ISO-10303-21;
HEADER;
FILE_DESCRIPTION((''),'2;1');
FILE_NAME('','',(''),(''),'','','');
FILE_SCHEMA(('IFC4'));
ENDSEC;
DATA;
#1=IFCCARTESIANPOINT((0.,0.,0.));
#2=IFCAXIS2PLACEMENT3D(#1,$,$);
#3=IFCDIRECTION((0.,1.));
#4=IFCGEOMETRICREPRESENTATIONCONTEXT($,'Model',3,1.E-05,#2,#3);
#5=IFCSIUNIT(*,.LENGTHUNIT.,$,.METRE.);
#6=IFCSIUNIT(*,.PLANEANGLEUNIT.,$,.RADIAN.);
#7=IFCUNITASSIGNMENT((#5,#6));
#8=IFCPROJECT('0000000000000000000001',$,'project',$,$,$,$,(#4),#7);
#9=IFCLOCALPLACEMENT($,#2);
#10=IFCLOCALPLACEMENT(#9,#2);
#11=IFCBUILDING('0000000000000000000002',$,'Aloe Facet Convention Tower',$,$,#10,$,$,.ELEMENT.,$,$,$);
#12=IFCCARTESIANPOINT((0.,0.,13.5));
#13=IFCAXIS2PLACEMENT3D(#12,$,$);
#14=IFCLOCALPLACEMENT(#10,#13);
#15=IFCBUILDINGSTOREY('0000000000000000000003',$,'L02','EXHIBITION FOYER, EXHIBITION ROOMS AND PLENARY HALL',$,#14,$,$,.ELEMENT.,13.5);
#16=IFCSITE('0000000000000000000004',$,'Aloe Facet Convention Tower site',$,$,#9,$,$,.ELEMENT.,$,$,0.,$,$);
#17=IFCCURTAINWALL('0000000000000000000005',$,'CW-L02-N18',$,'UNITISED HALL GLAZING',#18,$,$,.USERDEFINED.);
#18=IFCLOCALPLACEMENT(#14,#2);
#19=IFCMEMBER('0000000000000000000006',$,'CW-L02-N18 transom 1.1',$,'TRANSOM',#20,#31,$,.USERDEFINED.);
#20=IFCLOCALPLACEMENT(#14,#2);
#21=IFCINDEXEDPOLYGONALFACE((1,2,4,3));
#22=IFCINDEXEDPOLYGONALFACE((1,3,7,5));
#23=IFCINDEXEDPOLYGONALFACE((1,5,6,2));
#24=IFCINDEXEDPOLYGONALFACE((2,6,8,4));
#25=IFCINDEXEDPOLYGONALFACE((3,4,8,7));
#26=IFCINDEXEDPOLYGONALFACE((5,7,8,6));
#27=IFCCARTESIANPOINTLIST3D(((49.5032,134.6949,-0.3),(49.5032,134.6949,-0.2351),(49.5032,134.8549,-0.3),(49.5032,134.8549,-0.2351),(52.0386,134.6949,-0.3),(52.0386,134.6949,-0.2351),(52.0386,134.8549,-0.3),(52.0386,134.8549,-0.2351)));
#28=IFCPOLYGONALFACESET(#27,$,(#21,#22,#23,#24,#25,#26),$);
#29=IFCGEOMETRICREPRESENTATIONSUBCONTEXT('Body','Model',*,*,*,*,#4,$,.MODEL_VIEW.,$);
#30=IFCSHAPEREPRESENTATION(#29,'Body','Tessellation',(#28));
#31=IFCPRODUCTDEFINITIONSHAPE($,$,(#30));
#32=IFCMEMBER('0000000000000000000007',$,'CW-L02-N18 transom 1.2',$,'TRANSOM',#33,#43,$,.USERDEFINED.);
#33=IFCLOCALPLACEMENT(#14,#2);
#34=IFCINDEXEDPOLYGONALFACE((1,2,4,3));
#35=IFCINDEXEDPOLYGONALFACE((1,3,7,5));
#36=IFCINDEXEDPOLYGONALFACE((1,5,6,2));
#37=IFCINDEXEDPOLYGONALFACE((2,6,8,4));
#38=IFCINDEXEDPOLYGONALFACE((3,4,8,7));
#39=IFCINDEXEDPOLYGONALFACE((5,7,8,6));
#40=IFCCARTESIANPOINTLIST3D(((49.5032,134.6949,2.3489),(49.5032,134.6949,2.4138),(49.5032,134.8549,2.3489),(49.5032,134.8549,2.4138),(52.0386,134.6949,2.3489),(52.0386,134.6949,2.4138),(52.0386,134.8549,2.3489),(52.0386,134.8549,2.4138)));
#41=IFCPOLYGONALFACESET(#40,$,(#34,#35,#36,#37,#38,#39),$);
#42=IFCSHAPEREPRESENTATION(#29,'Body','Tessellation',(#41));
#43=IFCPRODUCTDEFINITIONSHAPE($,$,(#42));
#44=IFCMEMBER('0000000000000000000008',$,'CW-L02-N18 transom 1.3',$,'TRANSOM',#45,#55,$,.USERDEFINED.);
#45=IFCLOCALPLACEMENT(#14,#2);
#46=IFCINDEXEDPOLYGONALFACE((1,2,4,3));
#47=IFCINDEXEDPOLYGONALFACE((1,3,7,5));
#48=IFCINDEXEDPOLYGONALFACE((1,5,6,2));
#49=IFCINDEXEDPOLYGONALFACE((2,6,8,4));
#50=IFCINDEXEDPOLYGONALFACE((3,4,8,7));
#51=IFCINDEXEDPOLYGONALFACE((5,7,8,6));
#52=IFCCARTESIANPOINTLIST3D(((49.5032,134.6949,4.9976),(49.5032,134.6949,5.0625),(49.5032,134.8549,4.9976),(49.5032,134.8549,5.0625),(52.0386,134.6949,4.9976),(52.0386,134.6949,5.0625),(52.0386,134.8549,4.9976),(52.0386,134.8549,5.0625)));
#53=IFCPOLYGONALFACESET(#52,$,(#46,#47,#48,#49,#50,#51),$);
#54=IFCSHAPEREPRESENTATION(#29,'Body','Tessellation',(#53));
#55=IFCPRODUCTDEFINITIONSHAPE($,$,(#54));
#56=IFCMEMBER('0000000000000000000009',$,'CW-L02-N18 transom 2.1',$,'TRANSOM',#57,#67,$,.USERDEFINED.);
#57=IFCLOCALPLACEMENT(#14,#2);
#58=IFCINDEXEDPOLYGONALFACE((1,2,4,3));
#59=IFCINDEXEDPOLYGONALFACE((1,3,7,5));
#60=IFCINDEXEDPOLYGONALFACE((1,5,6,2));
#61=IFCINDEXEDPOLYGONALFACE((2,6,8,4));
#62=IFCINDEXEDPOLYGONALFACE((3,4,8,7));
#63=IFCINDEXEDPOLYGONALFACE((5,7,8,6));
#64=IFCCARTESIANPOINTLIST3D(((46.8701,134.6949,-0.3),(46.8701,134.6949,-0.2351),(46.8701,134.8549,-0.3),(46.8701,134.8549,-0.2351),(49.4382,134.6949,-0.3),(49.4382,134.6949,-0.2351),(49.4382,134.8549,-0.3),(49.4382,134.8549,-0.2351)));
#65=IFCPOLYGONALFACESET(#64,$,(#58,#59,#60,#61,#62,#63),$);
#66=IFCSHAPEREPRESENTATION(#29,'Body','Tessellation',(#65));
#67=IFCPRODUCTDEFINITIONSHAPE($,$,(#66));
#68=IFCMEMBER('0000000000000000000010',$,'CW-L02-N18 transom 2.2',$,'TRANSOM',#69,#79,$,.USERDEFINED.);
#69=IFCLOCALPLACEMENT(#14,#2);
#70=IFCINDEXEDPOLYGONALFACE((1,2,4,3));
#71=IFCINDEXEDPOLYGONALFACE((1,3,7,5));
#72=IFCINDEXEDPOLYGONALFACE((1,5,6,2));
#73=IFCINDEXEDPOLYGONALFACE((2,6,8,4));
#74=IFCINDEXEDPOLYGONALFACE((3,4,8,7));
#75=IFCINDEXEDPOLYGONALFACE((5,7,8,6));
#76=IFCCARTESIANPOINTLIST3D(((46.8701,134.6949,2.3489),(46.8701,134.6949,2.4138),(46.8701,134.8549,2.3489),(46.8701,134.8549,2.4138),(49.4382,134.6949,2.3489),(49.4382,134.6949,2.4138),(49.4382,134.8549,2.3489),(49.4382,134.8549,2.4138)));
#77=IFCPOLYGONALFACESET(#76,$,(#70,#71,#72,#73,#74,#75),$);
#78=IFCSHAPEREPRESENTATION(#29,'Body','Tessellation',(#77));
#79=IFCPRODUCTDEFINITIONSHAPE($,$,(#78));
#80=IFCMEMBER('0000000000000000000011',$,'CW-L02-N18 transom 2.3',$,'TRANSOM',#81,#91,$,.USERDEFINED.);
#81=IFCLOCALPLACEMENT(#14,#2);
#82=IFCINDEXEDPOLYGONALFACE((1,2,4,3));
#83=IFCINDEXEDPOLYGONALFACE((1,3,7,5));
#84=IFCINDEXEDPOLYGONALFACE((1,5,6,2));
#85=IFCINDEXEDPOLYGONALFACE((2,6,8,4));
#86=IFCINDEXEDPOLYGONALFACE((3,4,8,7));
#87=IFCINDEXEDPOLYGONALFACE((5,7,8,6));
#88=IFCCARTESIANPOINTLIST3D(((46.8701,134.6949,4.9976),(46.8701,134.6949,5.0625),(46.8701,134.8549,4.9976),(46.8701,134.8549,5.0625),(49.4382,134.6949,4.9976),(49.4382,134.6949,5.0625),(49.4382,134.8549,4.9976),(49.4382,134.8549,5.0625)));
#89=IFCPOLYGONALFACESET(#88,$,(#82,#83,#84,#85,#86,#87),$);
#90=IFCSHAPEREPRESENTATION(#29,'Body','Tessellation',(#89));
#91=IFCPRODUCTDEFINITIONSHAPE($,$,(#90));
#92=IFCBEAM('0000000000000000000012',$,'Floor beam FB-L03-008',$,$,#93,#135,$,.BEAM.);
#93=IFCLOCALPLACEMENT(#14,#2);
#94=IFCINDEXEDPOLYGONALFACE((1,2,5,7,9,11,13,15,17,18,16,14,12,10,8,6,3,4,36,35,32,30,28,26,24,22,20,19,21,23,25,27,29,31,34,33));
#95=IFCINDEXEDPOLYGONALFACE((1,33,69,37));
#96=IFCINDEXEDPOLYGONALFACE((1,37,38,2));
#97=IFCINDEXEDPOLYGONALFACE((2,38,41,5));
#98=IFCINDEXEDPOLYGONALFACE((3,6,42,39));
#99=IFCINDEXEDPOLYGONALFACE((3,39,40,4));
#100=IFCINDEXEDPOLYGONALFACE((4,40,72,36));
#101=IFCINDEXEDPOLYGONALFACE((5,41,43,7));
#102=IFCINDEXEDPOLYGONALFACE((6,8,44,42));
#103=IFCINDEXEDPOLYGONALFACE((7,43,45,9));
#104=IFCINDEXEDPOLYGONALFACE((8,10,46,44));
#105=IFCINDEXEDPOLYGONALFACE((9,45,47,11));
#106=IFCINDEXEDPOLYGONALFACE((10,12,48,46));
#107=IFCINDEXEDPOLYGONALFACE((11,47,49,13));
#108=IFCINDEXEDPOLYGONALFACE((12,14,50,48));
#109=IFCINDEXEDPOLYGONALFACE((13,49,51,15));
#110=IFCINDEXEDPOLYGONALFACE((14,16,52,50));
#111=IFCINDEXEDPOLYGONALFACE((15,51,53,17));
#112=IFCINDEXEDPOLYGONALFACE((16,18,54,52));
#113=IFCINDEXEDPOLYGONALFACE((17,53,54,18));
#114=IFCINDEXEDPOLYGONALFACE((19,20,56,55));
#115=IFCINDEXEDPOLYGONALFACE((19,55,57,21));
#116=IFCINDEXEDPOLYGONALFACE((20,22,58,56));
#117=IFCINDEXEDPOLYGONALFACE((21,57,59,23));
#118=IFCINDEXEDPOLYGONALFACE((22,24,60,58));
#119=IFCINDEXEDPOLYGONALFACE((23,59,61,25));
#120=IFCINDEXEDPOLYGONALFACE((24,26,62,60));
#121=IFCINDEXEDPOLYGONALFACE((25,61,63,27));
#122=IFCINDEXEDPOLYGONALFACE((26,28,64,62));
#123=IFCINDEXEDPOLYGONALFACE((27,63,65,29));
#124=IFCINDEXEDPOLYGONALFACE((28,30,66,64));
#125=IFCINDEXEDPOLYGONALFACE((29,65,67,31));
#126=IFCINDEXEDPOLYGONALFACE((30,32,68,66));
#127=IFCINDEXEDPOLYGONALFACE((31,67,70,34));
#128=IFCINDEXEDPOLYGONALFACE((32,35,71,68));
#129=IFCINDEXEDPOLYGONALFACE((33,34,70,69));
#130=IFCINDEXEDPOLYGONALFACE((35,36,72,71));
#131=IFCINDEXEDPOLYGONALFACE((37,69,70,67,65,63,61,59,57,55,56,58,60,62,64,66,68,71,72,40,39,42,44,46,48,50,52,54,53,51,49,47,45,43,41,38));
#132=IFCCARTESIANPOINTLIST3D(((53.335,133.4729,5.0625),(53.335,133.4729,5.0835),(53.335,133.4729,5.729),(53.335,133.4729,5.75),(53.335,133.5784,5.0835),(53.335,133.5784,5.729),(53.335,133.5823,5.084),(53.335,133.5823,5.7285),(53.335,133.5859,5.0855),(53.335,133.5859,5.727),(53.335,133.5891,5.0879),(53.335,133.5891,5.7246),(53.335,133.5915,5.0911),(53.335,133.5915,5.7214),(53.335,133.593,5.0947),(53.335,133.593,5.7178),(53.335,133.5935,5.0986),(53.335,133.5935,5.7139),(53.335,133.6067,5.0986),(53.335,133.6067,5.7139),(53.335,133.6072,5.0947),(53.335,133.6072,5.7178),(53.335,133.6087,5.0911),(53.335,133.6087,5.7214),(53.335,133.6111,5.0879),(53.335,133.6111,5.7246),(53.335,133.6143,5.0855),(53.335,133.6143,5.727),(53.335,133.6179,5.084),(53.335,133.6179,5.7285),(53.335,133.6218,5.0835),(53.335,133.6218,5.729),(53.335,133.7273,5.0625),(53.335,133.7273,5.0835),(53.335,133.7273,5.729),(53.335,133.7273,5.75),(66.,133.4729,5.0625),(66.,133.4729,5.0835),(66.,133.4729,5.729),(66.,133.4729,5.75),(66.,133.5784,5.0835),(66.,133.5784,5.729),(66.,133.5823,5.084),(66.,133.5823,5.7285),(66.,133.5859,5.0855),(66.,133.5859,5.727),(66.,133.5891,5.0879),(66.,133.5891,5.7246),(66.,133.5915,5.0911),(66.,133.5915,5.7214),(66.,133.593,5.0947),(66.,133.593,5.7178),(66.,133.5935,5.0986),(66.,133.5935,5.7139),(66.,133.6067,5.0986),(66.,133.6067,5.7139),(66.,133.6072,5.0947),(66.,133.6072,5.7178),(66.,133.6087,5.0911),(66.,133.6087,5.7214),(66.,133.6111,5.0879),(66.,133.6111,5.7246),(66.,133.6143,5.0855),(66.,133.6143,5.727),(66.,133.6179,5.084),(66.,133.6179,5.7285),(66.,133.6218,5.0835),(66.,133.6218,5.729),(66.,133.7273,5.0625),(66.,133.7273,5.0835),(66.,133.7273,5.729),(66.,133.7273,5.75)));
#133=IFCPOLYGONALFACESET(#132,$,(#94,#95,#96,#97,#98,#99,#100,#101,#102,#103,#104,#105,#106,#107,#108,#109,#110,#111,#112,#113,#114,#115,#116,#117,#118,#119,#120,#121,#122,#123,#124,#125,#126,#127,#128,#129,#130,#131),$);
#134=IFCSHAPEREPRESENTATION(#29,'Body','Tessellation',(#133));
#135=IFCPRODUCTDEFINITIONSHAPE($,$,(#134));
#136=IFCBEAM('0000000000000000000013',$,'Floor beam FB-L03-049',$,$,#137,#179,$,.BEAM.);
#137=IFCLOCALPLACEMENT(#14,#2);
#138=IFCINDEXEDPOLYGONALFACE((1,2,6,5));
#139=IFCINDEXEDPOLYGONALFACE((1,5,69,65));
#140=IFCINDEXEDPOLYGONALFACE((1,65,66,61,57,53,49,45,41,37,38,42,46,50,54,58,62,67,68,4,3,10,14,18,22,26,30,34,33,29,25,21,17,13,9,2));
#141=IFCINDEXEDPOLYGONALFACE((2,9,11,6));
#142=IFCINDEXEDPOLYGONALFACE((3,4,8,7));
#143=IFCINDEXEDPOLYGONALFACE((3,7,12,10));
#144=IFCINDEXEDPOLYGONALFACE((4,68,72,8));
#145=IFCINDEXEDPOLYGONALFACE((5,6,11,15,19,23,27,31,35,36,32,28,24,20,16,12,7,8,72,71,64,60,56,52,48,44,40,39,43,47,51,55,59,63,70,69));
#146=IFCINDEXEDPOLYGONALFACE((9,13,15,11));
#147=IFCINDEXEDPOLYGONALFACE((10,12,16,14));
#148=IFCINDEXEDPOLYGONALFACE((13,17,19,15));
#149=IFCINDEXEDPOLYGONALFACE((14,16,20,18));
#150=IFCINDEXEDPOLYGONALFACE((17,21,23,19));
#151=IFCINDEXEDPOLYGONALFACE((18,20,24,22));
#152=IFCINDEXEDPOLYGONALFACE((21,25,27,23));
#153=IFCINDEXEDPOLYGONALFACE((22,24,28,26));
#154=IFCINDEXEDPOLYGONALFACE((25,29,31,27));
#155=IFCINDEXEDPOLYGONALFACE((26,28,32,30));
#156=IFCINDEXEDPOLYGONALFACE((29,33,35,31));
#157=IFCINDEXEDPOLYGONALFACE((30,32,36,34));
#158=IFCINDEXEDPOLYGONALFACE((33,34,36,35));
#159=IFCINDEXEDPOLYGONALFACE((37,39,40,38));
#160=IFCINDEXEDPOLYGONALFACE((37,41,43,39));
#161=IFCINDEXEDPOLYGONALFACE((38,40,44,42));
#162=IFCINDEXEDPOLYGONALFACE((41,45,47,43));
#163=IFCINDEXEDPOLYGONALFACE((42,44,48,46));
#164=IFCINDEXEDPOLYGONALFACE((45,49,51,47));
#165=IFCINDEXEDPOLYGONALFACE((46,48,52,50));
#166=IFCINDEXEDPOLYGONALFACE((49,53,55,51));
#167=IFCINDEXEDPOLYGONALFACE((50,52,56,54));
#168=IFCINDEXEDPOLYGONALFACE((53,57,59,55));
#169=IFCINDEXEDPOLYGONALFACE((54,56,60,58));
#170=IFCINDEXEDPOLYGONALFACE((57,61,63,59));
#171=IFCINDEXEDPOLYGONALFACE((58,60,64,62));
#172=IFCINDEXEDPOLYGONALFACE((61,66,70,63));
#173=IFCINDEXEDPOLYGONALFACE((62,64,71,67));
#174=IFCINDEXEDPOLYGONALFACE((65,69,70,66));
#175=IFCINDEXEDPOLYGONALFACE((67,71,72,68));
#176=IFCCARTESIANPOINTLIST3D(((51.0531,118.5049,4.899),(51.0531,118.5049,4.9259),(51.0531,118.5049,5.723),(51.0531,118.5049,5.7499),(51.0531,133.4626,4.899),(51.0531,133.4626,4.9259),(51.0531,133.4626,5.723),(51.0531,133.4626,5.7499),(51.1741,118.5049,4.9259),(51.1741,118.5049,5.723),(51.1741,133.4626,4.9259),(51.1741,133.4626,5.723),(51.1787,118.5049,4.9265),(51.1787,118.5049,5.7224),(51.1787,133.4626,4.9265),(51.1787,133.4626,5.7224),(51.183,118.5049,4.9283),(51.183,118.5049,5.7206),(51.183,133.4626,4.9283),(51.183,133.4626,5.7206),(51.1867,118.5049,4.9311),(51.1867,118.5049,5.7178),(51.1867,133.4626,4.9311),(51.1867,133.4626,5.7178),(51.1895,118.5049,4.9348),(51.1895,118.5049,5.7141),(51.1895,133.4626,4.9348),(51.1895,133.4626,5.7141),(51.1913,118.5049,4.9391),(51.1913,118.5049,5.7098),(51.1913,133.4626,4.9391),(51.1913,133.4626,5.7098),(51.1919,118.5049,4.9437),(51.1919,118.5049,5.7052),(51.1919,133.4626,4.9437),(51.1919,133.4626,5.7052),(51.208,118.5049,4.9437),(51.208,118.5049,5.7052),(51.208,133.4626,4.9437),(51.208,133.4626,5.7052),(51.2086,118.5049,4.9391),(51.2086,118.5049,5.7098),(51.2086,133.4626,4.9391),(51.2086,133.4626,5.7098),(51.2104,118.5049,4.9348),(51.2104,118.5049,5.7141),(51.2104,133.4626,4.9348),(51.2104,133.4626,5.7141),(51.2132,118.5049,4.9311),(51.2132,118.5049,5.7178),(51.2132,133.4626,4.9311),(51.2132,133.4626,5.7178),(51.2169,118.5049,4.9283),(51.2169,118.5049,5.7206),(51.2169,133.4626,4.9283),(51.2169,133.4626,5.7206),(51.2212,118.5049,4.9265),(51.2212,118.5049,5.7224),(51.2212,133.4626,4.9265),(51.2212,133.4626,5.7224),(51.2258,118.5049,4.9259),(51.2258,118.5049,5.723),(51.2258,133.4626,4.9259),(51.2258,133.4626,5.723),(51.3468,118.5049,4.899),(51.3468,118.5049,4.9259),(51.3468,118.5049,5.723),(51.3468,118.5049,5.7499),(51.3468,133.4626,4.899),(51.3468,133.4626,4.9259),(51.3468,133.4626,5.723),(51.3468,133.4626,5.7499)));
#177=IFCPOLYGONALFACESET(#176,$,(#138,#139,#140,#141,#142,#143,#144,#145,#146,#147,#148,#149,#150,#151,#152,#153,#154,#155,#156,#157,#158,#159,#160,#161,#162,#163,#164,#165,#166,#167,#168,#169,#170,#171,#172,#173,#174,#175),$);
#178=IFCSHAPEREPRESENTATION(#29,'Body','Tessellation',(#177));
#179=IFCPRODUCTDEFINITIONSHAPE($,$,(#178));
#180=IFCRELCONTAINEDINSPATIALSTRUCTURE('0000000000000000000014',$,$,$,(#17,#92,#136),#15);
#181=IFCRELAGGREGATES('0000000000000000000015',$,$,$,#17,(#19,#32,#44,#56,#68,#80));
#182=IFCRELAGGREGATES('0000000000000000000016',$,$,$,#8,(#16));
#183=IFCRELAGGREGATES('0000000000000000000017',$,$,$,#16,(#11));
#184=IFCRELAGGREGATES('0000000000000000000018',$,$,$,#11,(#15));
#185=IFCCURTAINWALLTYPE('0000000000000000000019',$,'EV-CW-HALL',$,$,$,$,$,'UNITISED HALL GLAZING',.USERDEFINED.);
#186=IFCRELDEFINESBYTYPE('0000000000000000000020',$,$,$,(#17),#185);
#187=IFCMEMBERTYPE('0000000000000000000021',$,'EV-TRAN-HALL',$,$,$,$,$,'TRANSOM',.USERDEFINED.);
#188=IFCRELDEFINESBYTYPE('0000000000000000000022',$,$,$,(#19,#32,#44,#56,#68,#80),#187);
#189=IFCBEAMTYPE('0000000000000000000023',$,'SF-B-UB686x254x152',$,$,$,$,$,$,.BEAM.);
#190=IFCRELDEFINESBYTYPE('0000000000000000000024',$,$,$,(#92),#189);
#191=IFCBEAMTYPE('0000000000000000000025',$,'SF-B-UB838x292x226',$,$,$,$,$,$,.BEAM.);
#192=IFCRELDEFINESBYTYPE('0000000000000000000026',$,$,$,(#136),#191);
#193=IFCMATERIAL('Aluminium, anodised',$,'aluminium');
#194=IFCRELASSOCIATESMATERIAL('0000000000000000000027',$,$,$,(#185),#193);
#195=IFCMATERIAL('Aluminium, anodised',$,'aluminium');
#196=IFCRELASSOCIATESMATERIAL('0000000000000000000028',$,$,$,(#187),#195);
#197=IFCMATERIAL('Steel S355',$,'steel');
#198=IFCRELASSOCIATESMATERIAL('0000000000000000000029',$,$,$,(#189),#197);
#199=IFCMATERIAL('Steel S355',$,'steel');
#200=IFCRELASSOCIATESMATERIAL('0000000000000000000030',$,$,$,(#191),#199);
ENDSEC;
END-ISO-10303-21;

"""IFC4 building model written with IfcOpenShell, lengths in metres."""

from ifc_helpers import new_model, si_unit, direction, frame, origin, origin_2d, place, context, subcontext, project, spatial, rectangle, i_section, extrude, material, material_profile, profile_set, type_object, element, aggregate, save


model = new_model("IFC4")

# Units and contexts
model_context = context("Model", 3, precision=1e-05, world=origin(), true_north=direction((0.0, 1.0)))
body_context = subcontext(model_context, "Body", "Model", "MODEL_VIEW")
ifc_project = project(units=[si_unit("LENGTHUNIT", "METRE"), si_unit("PLANEANGLEUNIT", "RADIAN")], contexts=[model_context])

# Site, building, storey
site_placement = place(None, origin())
site = spatial("IfcSite", under=ifc_project, at=site_placement, Name="Aloe Facet Convention Tower site", CompositionType="ELEMENT", RefElevation=0.0)
building_placement = place(site_placement, origin())
building = spatial("IfcBuilding", under=site, at=building_placement, Name="Aloe Facet Convention Tower", CompositionType="ELEMENT")
storey_placement = place(building_placement, frame((0.0, 0.0, 13.5)))
storey = spatial("IfcBuildingStorey", under=building, at=storey_placement, Name="L02", Description="EXHIBITION FOYER, EXHIBITION ROOMS AND PLENARY HALL", CompositionType="ELEMENT", Elevation=13.5)

# Curtain wall
ifc_material_1 = material(Name="Aluminium, anodised", Category="aluminium")
curtain_wall_type = type_object("IfcCurtainWallType", Name="EV-CW-HALL", ElementType="UNITISED HALL GLAZING", PredefinedType="USERDEFINED", material=ifc_material_1)
curtain_wall_1_placement = place(storey_placement, origin())
curtain_wall_1 = element("IfcCurtainWall", 1, at=curtain_wall_1_placement, inside=storey, type_object=curtain_wall_type, Name="CW-L02-N18", ObjectType="UNITISED HALL GLAZING", PredefinedType="USERDEFINED")

# Members
ifc_material_2 = material(Name="Aluminium, anodised", Category="aluminium")
ifc_material_profile_1 = material_profile(ifc_material_2, rectangle(XDim=0.1599, YDim=0.0649, at=origin_2d()), Name="AL 160x65")
ifc_profile_set_1 = profile_set([ifc_material_profile_1], Name="Aluminium, anodised")
member_type_1 = type_object("IfcMemberType", Name="EV-TRAN-HALL", ElementType="TRANSOM", PredefinedType="USERDEFINED", material=ifc_profile_set_1)
member_1_placement = place(storey_placement, frame((52.0386, 134.7749, -0.2676), z_axis=(-1.0, 0.0, 0.0), x_axis=(0.0, -1.0, 0.0)))
member_1 = element("IfcMember", 2, at=member_1_placement, type_object=member_type_1, Name="CW-L02-N18 transom 1.1", ObjectType="TRANSOM", PredefinedType="USERDEFINED", context=body_context, shape_type="SweptSolid", body=[
    extrude(rectangle(XDim=0.1599, YDim=0.0649, at=origin_2d()), origin(), (0.0, 0.0, 1.0), 2.5354),
])
member_2_placement = place(storey_placement, frame((52.0386, 134.7749, 2.3813), z_axis=(-1.0, 0.0, 0.0), x_axis=(0.0, -1.0, 0.0)))
member_2 = element("IfcMember", 3, at=member_2_placement, type_object=member_type_1, Name="CW-L02-N18 transom 1.2", ObjectType="TRANSOM", PredefinedType="USERDEFINED", context=body_context, shape_type="SweptSolid", body=[
    extrude(rectangle(XDim=0.1599, YDim=0.0649, at=origin_2d()), origin(), (0.0, 0.0, 1.0), 2.5354),
])
member_3_placement = place(storey_placement, frame((52.0386, 134.7749, 5.03), z_axis=(-1.0, 0.0, 0.0), x_axis=(0.0, -1.0, 0.0)))
member_3 = element("IfcMember", 4, at=member_3_placement, type_object=member_type_1, Name="CW-L02-N18 transom 1.3", ObjectType="TRANSOM", PredefinedType="USERDEFINED", context=body_context, shape_type="SweptSolid", body=[
    extrude(rectangle(XDim=0.1599, YDim=0.0649, at=origin_2d()), origin(), (0.0, 0.0, 1.0), 2.5354),
])
member_4_placement = place(storey_placement, frame((49.4382, 134.7749, -0.2676), z_axis=(-1.0, 0.0, 0.0), x_axis=(0.0, -1.0, 0.0)))
member_4 = element("IfcMember", 5, at=member_4_placement, type_object=member_type_1, Name="CW-L02-N18 transom 2.1", ObjectType="TRANSOM", PredefinedType="USERDEFINED", context=body_context, shape_type="SweptSolid", body=[
    extrude(rectangle(XDim=0.1599, YDim=0.0649, at=origin_2d()), origin(), (0.0, 0.0, 1.0), 2.5681),
])
member_5_placement = place(storey_placement, frame((49.4382, 134.7749, 2.3813), z_axis=(-1.0, 0.0, 0.0), x_axis=(0.0, -1.0, 0.0)))
member_5 = element("IfcMember", 6, at=member_5_placement, type_object=member_type_1, Name="CW-L02-N18 transom 2.2", ObjectType="TRANSOM", PredefinedType="USERDEFINED", context=body_context, shape_type="SweptSolid", body=[
    extrude(rectangle(XDim=0.1599, YDim=0.0649, at=origin_2d()), origin(), (0.0, 0.0, 1.0), 2.5681),
])
member_6_placement = place(storey_placement, frame((49.4382, 134.7749, 5.03), z_axis=(-1.0, 0.0, 0.0), x_axis=(0.0, -1.0, 0.0)))
member_6 = element("IfcMember", 7, at=member_6_placement, type_object=member_type_1, Name="CW-L02-N18 transom 2.3", ObjectType="TRANSOM", PredefinedType="USERDEFINED", context=body_context, shape_type="SweptSolid", body=[
    extrude(rectangle(XDim=0.1599, YDim=0.0649, at=origin_2d()), origin(), (0.0, 0.0, 1.0), 2.5681),
])

# Beams
ifc_material_3 = material(Name="Steel S355", Category="steel")
ifc_material_profile_2 = material_profile(ifc_material_3, i_section(OverallWidth=0.2544, OverallDepth=0.6875, WebThickness=0.0132, FlangeThickness=0.021, FilletRadius=0.0151, at=origin_2d()), Name="UB 686x254x152")
ifc_profile_set_2 = profile_set([ifc_material_profile_2], Name="Steel S355")
beam_type_1 = type_object("IfcBeamType", Name="SF-B-UB686x254x152", PredefinedType="BEAM", material=ifc_profile_set_2)
beam_1_placement = place(storey_placement, frame((53.335, 133.6001, 5.4062), z_axis=(1.0, 0.0, 0.0), x_axis=(0.0, 1.0, 0.0)))
element("IfcBeam", 8, at=beam_1_placement, inside=storey, type_object=beam_type_1, Name="Floor beam FB-L03-008", PredefinedType="BEAM", context=body_context, shape_type="SweptSolid", body=[
    extrude(i_section(OverallWidth=0.2544, OverallDepth=0.6875, WebThickness=0.0132, FlangeThickness=0.021, FilletRadius=0.0151, at=origin_2d()), origin(), (0.0, 0.0, 1.0), 12.665),
])
ifc_material_4 = material(Name="Steel S355", Category="steel")
ifc_material_profile_3 = material_profile(ifc_material_4, i_section(OverallWidth=0.2937, OverallDepth=0.8508, WebThickness=0.0161, FlangeThickness=0.0269, FilletRadius=0.0178, at=origin_2d()), Name="UB 838x292x226")
ifc_profile_set_3 = profile_set([ifc_material_profile_3], Name="Steel S355")
beam_type_2 = type_object("IfcBeamType", Name="SF-B-UB838x292x226", PredefinedType="BEAM", material=ifc_profile_set_3)
beam_2_placement = place(storey_placement, frame((51.2, 118.5049, 5.3245), z_axis=(0.0, 1.0, 0.0), x_axis=(-1.0, 0.0, 0.0)))
element("IfcBeam", 9, at=beam_2_placement, inside=storey, type_object=beam_type_2, Name="Floor beam FB-L03-049", PredefinedType="BEAM", context=body_context, shape_type="SweptSolid", body=[
    extrude(i_section(OverallWidth=0.2937, OverallDepth=0.8508, WebThickness=0.0161, FlangeThickness=0.0269, FilletRadius=0.0178, at=origin_2d()), origin(), (0.0, 0.0, 1.0), 14.9578),
])

aggregate(curtain_wall_1, [member_1, member_2, member_3, member_4, member_5, member_6])

save(model, "model.ifc")
